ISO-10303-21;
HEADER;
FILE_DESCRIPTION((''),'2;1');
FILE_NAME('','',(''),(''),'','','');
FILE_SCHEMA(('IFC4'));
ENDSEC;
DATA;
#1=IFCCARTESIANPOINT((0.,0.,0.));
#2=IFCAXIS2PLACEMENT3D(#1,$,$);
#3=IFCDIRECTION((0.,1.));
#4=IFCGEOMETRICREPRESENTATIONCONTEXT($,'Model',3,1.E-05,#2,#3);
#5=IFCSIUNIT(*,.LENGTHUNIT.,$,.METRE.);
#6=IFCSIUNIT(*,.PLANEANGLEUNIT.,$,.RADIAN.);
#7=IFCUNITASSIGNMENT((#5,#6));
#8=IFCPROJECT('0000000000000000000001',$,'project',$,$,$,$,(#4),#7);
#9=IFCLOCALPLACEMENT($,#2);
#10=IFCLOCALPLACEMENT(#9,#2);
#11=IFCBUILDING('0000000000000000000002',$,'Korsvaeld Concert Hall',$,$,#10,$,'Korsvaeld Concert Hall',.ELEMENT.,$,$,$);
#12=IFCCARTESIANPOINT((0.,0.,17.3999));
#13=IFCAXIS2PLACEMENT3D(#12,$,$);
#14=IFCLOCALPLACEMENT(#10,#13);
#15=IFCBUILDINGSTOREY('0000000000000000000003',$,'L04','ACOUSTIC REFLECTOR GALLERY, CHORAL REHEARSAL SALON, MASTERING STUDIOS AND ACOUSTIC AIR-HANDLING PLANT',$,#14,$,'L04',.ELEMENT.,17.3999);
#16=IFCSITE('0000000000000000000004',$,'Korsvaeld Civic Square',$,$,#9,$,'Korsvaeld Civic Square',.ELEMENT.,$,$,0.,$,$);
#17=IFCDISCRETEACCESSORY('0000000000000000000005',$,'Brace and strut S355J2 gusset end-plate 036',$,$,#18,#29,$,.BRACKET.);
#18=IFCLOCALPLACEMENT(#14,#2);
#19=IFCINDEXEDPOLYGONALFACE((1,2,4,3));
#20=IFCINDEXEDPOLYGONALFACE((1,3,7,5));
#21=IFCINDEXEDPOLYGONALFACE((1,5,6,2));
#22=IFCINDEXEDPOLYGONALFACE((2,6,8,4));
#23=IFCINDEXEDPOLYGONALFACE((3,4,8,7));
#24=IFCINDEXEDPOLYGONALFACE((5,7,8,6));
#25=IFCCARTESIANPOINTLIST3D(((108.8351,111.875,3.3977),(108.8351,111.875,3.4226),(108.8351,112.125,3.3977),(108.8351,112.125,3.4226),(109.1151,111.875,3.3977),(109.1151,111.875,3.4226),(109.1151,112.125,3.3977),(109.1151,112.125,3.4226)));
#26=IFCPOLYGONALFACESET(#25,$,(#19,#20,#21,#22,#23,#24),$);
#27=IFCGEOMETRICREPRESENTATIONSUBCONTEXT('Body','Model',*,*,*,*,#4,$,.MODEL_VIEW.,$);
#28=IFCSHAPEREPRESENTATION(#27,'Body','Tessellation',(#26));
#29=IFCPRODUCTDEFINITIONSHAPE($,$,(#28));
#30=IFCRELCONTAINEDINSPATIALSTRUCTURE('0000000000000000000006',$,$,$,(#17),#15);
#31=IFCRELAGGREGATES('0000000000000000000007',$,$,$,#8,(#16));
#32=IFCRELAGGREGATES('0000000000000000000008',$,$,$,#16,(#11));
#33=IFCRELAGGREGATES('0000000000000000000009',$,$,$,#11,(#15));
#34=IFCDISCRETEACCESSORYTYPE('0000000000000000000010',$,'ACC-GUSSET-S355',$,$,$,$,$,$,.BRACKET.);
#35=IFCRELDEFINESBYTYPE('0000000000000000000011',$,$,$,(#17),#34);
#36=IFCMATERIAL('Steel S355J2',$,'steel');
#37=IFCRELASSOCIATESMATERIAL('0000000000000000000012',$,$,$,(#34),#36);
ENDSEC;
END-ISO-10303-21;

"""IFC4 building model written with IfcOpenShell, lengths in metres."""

from ifc_helpers import new_model, si_unit, direction, frame, origin, origin_2d, place, context, subcontext, project, spatial, rectangle, extrude, material, type_object, element, save


model = new_model("IFC4")

# Units and contexts
model_context = context("Model", 3, precision=1e-05, world=origin(), true_north=direction((0.0, 1.0)))
body_context = subcontext(model_context, "Body", "Model", "MODEL_VIEW")
ifc_project = project(units=[si_unit("LENGTHUNIT", "METRE"), si_unit("PLANEANGLEUNIT", "RADIAN")], contexts=[model_context])

# Site, building, storey
site_placement = place(None, origin())
site = spatial("IfcSite", under=ifc_project, at=site_placement, Name="Korsvaeld Civic Square", LongName="Korsvaeld Civic Square", CompositionType="ELEMENT", RefElevation=0.0)
building_placement = place(site_placement, origin())
building = spatial("IfcBuilding", under=site, at=building_placement, Name="Korsvaeld Concert Hall", LongName="Korsvaeld Concert Hall", CompositionType="ELEMENT")
storey_placement = place(building_placement, frame((0.0, 0.0, 17.3999)))
storey = spatial("IfcBuildingStorey", under=building, at=storey_placement, Name="L04", Description="ACOUSTIC REFLECTOR GALLERY, CHORAL REHEARSAL SALON, MASTERING STUDIOS AND ACOUSTIC AIR-HANDLING PLANT", LongName="L04", CompositionType="ELEMENT", Elevation=17.3999)

# Shared definitions
ifc_material_1 = material(Name="Steel S355J2", Category="steel")

# Discrete accessory
discrete_accessory_type = type_object("IfcDiscreteAccessoryType", Name="ACC-GUSSET-S355", PredefinedType="BRACKET", material=ifc_material_1)
for number, where, z_axis, x_axis, name in (
    (1, (108.9751, 112.0, 3.3977), (0.0, 0.0, 1.0), (1.0, 0.0, 0.0), "Brace and strut S355J2 gusset end-plate 036"),
):
    element("IfcDiscreteAccessory", number, at=place(storey_placement, frame(where, z_axis=z_axis, x_axis=x_axis)), inside=storey, type_object=discrete_accessory_type, Name=name, PredefinedType="BRACKET", context=body_context, shape_type="SweptSolid", body=[
        extrude(rectangle(XDim=0.28, YDim=0.25, at=origin_2d()), origin(), (0.0, 0.0, 1.0), 0.0249),
    ])

save(model, "model.ifc")
